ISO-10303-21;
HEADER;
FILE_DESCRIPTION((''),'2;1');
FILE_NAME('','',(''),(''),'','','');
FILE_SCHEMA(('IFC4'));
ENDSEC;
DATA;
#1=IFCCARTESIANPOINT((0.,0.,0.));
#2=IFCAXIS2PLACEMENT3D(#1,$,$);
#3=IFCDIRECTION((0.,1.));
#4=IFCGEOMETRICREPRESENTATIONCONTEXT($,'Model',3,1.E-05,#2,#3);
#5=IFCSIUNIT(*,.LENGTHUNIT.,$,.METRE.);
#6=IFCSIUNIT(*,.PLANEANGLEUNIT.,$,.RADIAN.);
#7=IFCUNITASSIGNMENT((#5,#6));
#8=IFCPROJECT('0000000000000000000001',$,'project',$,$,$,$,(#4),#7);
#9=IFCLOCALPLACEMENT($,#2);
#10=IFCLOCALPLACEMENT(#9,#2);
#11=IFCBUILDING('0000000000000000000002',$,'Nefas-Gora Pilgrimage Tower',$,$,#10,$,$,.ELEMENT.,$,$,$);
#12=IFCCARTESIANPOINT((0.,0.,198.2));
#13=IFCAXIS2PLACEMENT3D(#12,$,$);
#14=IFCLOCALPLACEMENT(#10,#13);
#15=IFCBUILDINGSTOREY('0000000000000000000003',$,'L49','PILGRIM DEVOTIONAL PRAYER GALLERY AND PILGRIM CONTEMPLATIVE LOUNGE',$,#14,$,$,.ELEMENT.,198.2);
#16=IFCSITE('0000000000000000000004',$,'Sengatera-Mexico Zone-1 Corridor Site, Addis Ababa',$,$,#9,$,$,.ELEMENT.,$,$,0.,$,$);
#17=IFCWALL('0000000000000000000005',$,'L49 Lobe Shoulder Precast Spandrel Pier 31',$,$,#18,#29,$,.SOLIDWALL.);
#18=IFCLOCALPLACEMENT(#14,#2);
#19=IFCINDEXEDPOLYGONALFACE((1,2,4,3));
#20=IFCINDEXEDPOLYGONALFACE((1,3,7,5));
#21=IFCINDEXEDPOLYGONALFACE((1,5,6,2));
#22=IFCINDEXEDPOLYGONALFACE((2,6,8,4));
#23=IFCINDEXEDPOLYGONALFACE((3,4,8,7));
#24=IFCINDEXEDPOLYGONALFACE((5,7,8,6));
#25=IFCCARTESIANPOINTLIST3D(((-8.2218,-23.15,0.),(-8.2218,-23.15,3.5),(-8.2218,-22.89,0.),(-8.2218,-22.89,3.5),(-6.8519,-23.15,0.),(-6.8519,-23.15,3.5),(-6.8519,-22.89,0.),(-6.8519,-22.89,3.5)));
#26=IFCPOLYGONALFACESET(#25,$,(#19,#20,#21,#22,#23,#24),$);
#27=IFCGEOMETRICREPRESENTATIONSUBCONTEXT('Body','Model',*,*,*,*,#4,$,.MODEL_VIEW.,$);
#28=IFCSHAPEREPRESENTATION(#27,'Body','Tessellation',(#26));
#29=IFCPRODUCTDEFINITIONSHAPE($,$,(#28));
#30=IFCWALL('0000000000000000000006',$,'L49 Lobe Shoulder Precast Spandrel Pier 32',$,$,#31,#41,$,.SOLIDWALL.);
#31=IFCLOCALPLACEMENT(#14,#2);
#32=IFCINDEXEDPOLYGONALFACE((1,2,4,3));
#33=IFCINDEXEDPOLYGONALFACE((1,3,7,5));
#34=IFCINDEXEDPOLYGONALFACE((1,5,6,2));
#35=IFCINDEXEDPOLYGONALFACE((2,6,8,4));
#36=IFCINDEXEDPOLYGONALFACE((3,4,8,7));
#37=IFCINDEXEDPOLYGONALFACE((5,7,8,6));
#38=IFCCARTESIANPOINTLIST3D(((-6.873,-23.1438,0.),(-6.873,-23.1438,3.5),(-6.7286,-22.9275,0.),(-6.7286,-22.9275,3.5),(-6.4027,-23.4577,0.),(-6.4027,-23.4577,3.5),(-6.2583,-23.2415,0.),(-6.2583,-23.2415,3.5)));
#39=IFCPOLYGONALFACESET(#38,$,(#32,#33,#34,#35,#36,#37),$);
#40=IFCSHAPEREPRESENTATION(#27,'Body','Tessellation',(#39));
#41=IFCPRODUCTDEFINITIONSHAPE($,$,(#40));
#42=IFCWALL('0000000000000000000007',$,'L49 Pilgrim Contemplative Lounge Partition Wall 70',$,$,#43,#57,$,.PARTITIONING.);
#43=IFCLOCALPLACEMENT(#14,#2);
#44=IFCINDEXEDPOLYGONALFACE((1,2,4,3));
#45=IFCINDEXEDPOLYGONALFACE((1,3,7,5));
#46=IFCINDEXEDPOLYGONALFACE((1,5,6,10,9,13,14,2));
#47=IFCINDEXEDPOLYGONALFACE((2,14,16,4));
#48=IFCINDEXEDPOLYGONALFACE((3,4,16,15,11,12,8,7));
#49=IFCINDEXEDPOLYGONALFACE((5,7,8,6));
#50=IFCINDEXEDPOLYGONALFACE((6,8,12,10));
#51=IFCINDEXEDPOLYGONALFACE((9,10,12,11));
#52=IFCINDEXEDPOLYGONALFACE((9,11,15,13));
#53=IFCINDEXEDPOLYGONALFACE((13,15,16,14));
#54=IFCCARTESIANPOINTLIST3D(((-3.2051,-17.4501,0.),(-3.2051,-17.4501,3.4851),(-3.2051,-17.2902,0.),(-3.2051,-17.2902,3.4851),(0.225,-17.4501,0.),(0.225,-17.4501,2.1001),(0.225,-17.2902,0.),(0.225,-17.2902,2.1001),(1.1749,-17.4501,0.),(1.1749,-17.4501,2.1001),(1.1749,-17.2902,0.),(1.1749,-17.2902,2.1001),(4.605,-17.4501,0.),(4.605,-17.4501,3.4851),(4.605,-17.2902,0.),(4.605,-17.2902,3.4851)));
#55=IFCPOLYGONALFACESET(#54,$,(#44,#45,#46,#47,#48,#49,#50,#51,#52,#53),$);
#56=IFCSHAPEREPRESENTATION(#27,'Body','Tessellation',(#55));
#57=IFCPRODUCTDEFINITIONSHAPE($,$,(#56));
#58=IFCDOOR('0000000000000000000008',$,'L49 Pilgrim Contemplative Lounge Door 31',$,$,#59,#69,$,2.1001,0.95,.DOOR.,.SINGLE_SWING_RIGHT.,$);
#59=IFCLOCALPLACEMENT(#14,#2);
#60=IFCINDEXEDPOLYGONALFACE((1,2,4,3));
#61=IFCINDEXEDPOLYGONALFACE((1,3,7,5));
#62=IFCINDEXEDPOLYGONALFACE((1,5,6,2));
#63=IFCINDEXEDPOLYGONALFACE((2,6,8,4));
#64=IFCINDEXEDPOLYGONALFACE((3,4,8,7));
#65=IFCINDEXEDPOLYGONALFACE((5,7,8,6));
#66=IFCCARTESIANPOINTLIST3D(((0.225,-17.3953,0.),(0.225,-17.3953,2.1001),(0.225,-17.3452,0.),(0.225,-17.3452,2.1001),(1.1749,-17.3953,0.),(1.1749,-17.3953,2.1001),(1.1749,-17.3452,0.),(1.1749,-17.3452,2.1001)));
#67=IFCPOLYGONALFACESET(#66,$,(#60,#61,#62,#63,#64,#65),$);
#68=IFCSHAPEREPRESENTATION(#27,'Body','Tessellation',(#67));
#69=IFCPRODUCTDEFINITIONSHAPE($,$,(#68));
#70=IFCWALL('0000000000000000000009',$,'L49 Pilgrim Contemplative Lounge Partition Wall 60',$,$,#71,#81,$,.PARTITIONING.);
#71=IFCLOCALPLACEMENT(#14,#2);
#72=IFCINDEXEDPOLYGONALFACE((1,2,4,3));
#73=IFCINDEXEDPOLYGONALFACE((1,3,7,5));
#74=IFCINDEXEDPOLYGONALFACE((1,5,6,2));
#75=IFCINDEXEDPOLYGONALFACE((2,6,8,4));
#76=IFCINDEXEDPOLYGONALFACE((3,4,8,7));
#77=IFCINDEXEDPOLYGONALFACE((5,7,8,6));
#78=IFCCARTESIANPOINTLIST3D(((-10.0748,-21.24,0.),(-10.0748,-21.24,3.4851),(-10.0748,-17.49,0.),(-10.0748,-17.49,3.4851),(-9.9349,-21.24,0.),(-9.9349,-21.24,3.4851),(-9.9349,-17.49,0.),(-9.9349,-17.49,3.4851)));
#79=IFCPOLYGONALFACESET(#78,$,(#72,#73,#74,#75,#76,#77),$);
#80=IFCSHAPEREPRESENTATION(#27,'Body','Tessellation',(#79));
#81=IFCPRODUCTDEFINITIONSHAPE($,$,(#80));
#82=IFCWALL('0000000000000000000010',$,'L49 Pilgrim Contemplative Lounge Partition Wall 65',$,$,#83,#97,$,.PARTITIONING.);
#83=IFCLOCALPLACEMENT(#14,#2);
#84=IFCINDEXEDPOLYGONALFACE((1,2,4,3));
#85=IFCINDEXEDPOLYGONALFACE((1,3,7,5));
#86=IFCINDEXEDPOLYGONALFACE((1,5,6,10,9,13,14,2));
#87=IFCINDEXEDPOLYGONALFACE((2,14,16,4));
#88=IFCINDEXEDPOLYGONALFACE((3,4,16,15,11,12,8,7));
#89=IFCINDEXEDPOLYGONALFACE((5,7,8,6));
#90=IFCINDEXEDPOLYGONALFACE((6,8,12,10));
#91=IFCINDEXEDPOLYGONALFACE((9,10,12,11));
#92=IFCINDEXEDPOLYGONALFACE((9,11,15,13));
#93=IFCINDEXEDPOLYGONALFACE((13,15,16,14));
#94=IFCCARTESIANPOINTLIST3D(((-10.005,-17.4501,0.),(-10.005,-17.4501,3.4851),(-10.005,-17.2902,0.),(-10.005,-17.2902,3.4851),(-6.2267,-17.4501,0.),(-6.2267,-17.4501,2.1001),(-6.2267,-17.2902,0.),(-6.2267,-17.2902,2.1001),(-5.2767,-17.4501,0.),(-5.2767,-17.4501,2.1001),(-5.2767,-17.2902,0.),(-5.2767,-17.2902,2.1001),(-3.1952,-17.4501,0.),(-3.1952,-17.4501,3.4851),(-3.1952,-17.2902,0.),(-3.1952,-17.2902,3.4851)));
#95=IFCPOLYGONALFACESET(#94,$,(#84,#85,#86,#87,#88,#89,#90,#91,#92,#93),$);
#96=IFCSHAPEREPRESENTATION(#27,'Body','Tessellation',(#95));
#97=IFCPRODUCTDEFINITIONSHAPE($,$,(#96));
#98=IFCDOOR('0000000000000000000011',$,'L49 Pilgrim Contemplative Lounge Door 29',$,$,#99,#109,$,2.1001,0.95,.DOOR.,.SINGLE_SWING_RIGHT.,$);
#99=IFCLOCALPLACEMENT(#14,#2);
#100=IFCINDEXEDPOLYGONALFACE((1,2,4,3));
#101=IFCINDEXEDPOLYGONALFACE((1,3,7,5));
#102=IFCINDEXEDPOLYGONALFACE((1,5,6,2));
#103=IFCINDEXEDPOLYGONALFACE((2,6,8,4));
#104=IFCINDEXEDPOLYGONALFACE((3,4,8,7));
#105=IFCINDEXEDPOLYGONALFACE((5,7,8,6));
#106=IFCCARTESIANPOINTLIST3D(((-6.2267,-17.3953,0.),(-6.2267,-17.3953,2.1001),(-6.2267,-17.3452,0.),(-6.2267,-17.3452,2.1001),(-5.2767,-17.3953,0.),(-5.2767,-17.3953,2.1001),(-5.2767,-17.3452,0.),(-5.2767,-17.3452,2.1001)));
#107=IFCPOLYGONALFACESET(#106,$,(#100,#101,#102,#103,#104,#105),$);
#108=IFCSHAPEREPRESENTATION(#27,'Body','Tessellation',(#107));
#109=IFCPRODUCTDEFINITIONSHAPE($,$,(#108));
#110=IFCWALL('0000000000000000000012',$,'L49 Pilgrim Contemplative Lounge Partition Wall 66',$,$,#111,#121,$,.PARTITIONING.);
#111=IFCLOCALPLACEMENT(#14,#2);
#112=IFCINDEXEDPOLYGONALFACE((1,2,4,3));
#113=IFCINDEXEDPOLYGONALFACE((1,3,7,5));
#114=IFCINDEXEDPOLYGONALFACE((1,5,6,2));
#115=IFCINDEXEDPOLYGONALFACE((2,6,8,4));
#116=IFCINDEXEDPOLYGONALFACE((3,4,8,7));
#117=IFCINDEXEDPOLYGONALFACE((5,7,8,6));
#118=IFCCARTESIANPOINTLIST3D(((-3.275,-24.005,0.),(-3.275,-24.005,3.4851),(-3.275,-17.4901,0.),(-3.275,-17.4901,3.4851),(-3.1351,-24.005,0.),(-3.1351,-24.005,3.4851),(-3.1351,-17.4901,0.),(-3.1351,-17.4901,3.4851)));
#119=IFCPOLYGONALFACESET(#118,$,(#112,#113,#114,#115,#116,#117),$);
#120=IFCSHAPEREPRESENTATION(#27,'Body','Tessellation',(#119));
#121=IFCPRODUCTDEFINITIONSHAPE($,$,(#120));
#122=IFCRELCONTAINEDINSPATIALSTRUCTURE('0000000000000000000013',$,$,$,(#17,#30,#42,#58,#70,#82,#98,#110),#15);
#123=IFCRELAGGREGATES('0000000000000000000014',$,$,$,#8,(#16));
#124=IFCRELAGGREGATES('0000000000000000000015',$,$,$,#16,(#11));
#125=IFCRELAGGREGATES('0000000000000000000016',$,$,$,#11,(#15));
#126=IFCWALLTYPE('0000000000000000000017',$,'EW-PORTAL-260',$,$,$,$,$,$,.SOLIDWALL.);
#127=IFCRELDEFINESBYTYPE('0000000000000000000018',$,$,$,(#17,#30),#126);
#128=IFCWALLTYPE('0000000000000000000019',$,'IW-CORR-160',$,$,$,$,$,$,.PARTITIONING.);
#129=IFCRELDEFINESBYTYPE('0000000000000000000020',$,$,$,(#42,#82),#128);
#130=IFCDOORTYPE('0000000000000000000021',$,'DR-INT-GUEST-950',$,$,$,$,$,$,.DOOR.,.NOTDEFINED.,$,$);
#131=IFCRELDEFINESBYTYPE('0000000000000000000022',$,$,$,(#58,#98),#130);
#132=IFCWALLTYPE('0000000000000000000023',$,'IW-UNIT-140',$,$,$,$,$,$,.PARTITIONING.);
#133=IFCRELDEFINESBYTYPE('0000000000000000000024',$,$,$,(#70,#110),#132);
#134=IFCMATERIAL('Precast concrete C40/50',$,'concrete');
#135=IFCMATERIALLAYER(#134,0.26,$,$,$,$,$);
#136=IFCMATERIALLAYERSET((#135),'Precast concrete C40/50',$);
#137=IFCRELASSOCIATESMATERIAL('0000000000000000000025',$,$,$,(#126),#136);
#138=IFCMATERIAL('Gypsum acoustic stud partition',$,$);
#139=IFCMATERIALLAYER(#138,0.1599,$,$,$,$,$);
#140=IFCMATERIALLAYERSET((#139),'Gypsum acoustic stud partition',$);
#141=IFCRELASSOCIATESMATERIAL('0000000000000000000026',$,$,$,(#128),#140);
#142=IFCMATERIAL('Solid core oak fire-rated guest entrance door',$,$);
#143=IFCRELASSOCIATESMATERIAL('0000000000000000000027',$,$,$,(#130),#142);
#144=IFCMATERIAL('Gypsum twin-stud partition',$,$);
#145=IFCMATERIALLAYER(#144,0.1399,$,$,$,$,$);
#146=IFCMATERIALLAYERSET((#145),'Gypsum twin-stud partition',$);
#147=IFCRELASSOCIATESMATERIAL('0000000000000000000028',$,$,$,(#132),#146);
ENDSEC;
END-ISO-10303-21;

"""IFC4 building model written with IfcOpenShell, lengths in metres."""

from ifc_helpers import new_model, si_unit, direction, frame, frame_2d, origin, place, context, subcontext, project, spatial, rectangle, extrude, source, transform, mapped, material, layer, layer_set, type_object, element, fill, save


model = new_model("IFC4")

# Units and contexts
model_context = context("Model", 3, precision=1e-05, world=origin(), true_north=direction((0.0, 1.0)))
body_context = subcontext(model_context, "Body", "Model", "MODEL_VIEW")
ifc_project = project(units=[si_unit("LENGTHUNIT", "METRE"), si_unit("PLANEANGLEUNIT", "RADIAN")], contexts=[model_context])

# Site, building, storey
site_placement = place(None, origin())
site = spatial("IfcSite", under=ifc_project, at=site_placement, Name="Sengatera-Mexico Zone-1 Corridor Site, Addis Ababa", CompositionType="ELEMENT", RefElevation=0.0)
building_placement = place(site_placement, origin())
building = spatial("IfcBuilding", under=site, at=building_placement, Name="Nefas-Gora Pilgrimage Tower", CompositionType="ELEMENT")
storey_placement = place(building_placement, frame((0.0, 0.0, 198.2)))
storey = spatial("IfcBuildingStorey", under=building, at=storey_placement, Name="L49", Description="PILGRIM DEVOTIONAL PRAYER GALLERY AND PILGRIM CONTEMPLATIVE LOUNGE", CompositionType="ELEMENT", Elevation=198.2)

# Walls
ifc_material_1 = material(Name="Precast concrete C40/50", Category="concrete")
ifc_layer_1 = layer(ifc_material_1, 0.26)
ifc_layer_set_1 = layer_set([ifc_layer_1], Name="Precast concrete C40/50")
wall_type_1 = type_object("IfcWallType", Name="EW-PORTAL-260", PredefinedType="SOLIDWALL", material=ifc_layer_set_1)
shared_shape_1 = source(origin(), body_context, "Body", "SweptSolid", [
    extrude(rectangle(XDim=1.3699, YDim=0.26, at=frame_2d((0.6851, 0.0))), origin(), (0.0, 0.0, 1.0), 3.5),
])
wall_1_placement = place(storey_placement, frame((-8.2219, -23.02, 0.0), z_axis=(0.0, 0.0, 1.0), x_axis=(1.0, 0.0, 0.0)))
element("IfcWall", 1, at=wall_1_placement, inside=storey, type_object=wall_type_1, Name="L49 Lobe Shoulder Precast Spandrel Pier 31", PredefinedType="SOLIDWALL", context=body_context, shape_type="MappedRepresentation", body=[
    mapped(shared_shape_1, transform((0.0, 0.0, 0.0), x_axis=(1.0, 0.0, 0.0), y_axis=(0.0, 1.0, 0.0), z_axis=(0.0, 0.0, 1.0), scale=1.0)),
])
shared_shape_2 = source(origin(), body_context, "Body", "SweptSolid", [
    extrude(rectangle(XDim=0.5654, YDim=0.26, at=frame_2d((0.2827, 0.0))), origin(), (0.0, 0.0, 1.0), 3.5),
])
wall_2_placement = place(storey_placement, frame((-6.8008, -23.0356, 0.0), z_axis=(0.0, 0.0, 1.0), x_axis=(0.831651, -0.555298, 0.0)))
element("IfcWall", 2, at=wall_2_placement, inside=storey, type_object=wall_type_1, Name="L49 Lobe Shoulder Precast Spandrel Pier 32", PredefinedType="SOLIDWALL", context=body_context, shape_type="MappedRepresentation", body=[
    mapped(shared_shape_2, transform((0.0, 0.0, 0.0), x_axis=(1.0, 0.0, 0.0), y_axis=(0.0, 1.0, 0.0), z_axis=(0.0, 0.0, 1.0), scale=1.0)),
])

# Wall, opening, door
ifc_material_2 = material(Name="Gypsum acoustic stud partition")
ifc_layer_2 = layer(ifc_material_2, 0.1599)
ifc_layer_set_2 = layer_set([ifc_layer_2], Name="Gypsum acoustic stud partition")
wall_type_2 = type_object("IfcWallType", Name="IW-CORR-160", PredefinedType="PARTITIONING", material=ifc_layer_set_2)
shared_shape_3 = source(origin(), body_context, "Body", "SweptSolid", [
    extrude(rectangle(XDim=7.8101, YDim=0.1599, at=frame_2d((3.905, 0.0))), origin(), (0.0, 0.0, 1.0), 3.4851),
])
wall_3_placement = place(storey_placement, frame((-3.2051, -17.3701, 0.0), z_axis=(0.0, 0.0, 1.0), x_axis=(1.0, 0.0, 0.0)))
wall_3 = element("IfcWall", 3, at=wall_3_placement, inside=storey, type_object=wall_type_2, Name="L49 Pilgrim Contemplative Lounge Partition Wall 70", PredefinedType="PARTITIONING", context=body_context, shape_type="MappedRepresentation", body=[
    mapped(shared_shape_3, transform((0.0, 0.0, 0.0), x_axis=(1.0, 0.0, 0.0), y_axis=(0.0, 1.0, 0.0), z_axis=(0.0, 0.0, 1.0), scale=1.0)),
])
opening_1_placement = place(wall_3_placement, frame((3.4299, 0.0, 0.0)))
opening_1 = element("IfcOpeningElement", 4, at=opening_1_placement, cuts=wall_3, PredefinedType="OPENING", context=body_context, shape_type="SweptSolid", body=[
    extrude(rectangle(XDim=0.95, YDim=2.1001, at=frame_2d((0.4751, 1.05))), frame((0.0, 0.0898, 0.0), z_axis=(0.0, -1.0, 0.0), x_axis=(1.0, 0.0, 0.0)), (0.0, 0.0, 1.0), 0.1799),
])
ifc_material_3 = material(Name="Solid core oak fire-rated guest entrance door")
door_type = type_object("IfcDoorType", Name="DR-INT-GUEST-950", OperationType="NOTDEFINED", PredefinedType="DOOR", material=ifc_material_3)
shared_shape_4 = source(origin(), body_context, "Body", "SweptSolid", [
    extrude(rectangle(XDim=0.95, YDim=2.1001, at=frame_2d((0.4751, 1.05))), frame((0.0, 0.0249, 0.0), z_axis=(0.0, -1.0, 0.0), x_axis=(1.0, 0.0, 0.0)), (0.0, 0.0, 1.0), 0.05),
])
door_1_placement = place(opening_1_placement, origin())
door_1 = element("IfcDoor", 5, at=door_1_placement, inside=storey, type_object=door_type, Name="L49 Pilgrim Contemplative Lounge Door 31", OperationType="SINGLE_SWING_RIGHT", OverallHeight=2.1001, OverallWidth=0.95, PredefinedType="DOOR", context=body_context, shape_type="MappedRepresentation", body=[
    mapped(shared_shape_4, transform((0.0, 0.0, 0.0), x_axis=(1.0, 0.0, 0.0), y_axis=(0.0, 1.0, 0.0), z_axis=(0.0, 0.0, 1.0), scale=1.0)),
])
fill(opening_1, door_1)

# Wall
ifc_material_4 = material(Name="Gypsum twin-stud partition")
ifc_layer_3 = layer(ifc_material_4, 0.1399)
ifc_layer_set_3 = layer_set([ifc_layer_3], Name="Gypsum twin-stud partition")
wall_type_3 = type_object("IfcWallType", Name="IW-UNIT-140", PredefinedType="PARTITIONING", material=ifc_layer_set_3)
shared_shape_5 = source(origin(), body_context, "Body", "SweptSolid", [
    extrude(rectangle(XDim=3.75, YDim=0.1399, at=frame_2d((1.875, 0.0))), origin(), (0.0, 0.0, 1.0), 3.4851),
])
wall_4_placement = place(storey_placement, frame((-10.0049, -21.24, 0.0), z_axis=(0.0, 0.0, 1.0), x_axis=(0.0, 1.0, 0.0)))
element("IfcWall", 6, at=wall_4_placement, inside=storey, type_object=wall_type_3, Name="L49 Pilgrim Contemplative Lounge Partition Wall 60", PredefinedType="PARTITIONING", context=body_context, shape_type="MappedRepresentation", body=[
    mapped(shared_shape_5, transform((0.0, 0.0, 0.0), x_axis=(1.0, 0.0, 0.0), y_axis=(0.0, 1.0, 0.0), z_axis=(0.0, 0.0, 1.0), scale=1.0)),
])

# Wall, opening, door
shared_shape_6 = source(origin(), body_context, "Body", "SweptSolid", [
    extrude(rectangle(XDim=6.8098, YDim=0.1599, at=frame_2d((3.4048, 0.0))), origin(), (0.0, 0.0, 1.0), 3.4851),
])
wall_5_placement = place(storey_placement, frame((-10.0049, -17.3701, 0.0), z_axis=(0.0, 0.0, 1.0), x_axis=(1.0, 0.0, 0.0)))
wall_5 = element("IfcWall", 7, at=wall_5_placement, inside=storey, type_object=wall_type_2, Name="L49 Pilgrim Contemplative Lounge Partition Wall 65", PredefinedType="PARTITIONING", context=body_context, shape_type="MappedRepresentation", body=[
    mapped(shared_shape_6, transform((0.0, 0.0, 0.0), x_axis=(1.0, 0.0, 0.0), y_axis=(0.0, 1.0, 0.0), z_axis=(0.0, 0.0, 1.0), scale=1.0)),
])
opening_2_placement = place(wall_5_placement, frame((3.7781, 0.0, 0.0)))
opening_2 = element("IfcOpeningElement", 8, at=opening_2_placement, cuts=wall_5, PredefinedType="OPENING", context=body_context, shape_type="SweptSolid", body=[
    extrude(rectangle(XDim=0.95, YDim=2.1001, at=frame_2d((0.4751, 1.05))), frame((0.0, 0.0898, 0.0), z_axis=(0.0, -1.0, 0.0), x_axis=(1.0, 0.0, 0.0)), (0.0, 0.0, 1.0), 0.1799),
])
door_2_placement = place(opening_2_placement, origin())
door_2 = element("IfcDoor", 9, at=door_2_placement, inside=storey, type_object=door_type, Name="L49 Pilgrim Contemplative Lounge Door 29", OperationType="SINGLE_SWING_RIGHT", OverallHeight=2.1001, OverallWidth=0.95, PredefinedType="DOOR", context=body_context, shape_type="MappedRepresentation", body=[
    mapped(shared_shape_4, transform((0.0, 0.0, 0.0), x_axis=(1.0, 0.0, 0.0), y_axis=(0.0, 1.0, 0.0), z_axis=(0.0, 0.0, 1.0), scale=1.0)),
])
fill(opening_2, door_2)

# Wall
shared_shape_7 = source(origin(), body_context, "Body", "SweptSolid", [
    extrude(rectangle(XDim=6.5149, YDim=0.1399, at=frame_2d((3.2573, 0.0))), origin(), (0.0, 0.0, 1.0), 3.4851),
])
wall_6_placement = place(storey_placement, frame((-3.2051, -24.0049, 0.0), z_axis=(0.0, 0.0, 1.0), x_axis=(0.0, 1.0, 0.0)))
element("IfcWall", 10, at=wall_6_placement, inside=storey, type_object=wall_type_3, Name="L49 Pilgrim Contemplative Lounge Partition Wall 66", PredefinedType="PARTITIONING", context=body_context, shape_type="MappedRepresentation", body=[
    mapped(shared_shape_7, transform((0.0, 0.0, 0.0), x_axis=(1.0, 0.0, 0.0), y_axis=(0.0, 1.0, 0.0), z_axis=(0.0, 0.0, 1.0), scale=1.0)),
])

save(model, "model.ifc")
